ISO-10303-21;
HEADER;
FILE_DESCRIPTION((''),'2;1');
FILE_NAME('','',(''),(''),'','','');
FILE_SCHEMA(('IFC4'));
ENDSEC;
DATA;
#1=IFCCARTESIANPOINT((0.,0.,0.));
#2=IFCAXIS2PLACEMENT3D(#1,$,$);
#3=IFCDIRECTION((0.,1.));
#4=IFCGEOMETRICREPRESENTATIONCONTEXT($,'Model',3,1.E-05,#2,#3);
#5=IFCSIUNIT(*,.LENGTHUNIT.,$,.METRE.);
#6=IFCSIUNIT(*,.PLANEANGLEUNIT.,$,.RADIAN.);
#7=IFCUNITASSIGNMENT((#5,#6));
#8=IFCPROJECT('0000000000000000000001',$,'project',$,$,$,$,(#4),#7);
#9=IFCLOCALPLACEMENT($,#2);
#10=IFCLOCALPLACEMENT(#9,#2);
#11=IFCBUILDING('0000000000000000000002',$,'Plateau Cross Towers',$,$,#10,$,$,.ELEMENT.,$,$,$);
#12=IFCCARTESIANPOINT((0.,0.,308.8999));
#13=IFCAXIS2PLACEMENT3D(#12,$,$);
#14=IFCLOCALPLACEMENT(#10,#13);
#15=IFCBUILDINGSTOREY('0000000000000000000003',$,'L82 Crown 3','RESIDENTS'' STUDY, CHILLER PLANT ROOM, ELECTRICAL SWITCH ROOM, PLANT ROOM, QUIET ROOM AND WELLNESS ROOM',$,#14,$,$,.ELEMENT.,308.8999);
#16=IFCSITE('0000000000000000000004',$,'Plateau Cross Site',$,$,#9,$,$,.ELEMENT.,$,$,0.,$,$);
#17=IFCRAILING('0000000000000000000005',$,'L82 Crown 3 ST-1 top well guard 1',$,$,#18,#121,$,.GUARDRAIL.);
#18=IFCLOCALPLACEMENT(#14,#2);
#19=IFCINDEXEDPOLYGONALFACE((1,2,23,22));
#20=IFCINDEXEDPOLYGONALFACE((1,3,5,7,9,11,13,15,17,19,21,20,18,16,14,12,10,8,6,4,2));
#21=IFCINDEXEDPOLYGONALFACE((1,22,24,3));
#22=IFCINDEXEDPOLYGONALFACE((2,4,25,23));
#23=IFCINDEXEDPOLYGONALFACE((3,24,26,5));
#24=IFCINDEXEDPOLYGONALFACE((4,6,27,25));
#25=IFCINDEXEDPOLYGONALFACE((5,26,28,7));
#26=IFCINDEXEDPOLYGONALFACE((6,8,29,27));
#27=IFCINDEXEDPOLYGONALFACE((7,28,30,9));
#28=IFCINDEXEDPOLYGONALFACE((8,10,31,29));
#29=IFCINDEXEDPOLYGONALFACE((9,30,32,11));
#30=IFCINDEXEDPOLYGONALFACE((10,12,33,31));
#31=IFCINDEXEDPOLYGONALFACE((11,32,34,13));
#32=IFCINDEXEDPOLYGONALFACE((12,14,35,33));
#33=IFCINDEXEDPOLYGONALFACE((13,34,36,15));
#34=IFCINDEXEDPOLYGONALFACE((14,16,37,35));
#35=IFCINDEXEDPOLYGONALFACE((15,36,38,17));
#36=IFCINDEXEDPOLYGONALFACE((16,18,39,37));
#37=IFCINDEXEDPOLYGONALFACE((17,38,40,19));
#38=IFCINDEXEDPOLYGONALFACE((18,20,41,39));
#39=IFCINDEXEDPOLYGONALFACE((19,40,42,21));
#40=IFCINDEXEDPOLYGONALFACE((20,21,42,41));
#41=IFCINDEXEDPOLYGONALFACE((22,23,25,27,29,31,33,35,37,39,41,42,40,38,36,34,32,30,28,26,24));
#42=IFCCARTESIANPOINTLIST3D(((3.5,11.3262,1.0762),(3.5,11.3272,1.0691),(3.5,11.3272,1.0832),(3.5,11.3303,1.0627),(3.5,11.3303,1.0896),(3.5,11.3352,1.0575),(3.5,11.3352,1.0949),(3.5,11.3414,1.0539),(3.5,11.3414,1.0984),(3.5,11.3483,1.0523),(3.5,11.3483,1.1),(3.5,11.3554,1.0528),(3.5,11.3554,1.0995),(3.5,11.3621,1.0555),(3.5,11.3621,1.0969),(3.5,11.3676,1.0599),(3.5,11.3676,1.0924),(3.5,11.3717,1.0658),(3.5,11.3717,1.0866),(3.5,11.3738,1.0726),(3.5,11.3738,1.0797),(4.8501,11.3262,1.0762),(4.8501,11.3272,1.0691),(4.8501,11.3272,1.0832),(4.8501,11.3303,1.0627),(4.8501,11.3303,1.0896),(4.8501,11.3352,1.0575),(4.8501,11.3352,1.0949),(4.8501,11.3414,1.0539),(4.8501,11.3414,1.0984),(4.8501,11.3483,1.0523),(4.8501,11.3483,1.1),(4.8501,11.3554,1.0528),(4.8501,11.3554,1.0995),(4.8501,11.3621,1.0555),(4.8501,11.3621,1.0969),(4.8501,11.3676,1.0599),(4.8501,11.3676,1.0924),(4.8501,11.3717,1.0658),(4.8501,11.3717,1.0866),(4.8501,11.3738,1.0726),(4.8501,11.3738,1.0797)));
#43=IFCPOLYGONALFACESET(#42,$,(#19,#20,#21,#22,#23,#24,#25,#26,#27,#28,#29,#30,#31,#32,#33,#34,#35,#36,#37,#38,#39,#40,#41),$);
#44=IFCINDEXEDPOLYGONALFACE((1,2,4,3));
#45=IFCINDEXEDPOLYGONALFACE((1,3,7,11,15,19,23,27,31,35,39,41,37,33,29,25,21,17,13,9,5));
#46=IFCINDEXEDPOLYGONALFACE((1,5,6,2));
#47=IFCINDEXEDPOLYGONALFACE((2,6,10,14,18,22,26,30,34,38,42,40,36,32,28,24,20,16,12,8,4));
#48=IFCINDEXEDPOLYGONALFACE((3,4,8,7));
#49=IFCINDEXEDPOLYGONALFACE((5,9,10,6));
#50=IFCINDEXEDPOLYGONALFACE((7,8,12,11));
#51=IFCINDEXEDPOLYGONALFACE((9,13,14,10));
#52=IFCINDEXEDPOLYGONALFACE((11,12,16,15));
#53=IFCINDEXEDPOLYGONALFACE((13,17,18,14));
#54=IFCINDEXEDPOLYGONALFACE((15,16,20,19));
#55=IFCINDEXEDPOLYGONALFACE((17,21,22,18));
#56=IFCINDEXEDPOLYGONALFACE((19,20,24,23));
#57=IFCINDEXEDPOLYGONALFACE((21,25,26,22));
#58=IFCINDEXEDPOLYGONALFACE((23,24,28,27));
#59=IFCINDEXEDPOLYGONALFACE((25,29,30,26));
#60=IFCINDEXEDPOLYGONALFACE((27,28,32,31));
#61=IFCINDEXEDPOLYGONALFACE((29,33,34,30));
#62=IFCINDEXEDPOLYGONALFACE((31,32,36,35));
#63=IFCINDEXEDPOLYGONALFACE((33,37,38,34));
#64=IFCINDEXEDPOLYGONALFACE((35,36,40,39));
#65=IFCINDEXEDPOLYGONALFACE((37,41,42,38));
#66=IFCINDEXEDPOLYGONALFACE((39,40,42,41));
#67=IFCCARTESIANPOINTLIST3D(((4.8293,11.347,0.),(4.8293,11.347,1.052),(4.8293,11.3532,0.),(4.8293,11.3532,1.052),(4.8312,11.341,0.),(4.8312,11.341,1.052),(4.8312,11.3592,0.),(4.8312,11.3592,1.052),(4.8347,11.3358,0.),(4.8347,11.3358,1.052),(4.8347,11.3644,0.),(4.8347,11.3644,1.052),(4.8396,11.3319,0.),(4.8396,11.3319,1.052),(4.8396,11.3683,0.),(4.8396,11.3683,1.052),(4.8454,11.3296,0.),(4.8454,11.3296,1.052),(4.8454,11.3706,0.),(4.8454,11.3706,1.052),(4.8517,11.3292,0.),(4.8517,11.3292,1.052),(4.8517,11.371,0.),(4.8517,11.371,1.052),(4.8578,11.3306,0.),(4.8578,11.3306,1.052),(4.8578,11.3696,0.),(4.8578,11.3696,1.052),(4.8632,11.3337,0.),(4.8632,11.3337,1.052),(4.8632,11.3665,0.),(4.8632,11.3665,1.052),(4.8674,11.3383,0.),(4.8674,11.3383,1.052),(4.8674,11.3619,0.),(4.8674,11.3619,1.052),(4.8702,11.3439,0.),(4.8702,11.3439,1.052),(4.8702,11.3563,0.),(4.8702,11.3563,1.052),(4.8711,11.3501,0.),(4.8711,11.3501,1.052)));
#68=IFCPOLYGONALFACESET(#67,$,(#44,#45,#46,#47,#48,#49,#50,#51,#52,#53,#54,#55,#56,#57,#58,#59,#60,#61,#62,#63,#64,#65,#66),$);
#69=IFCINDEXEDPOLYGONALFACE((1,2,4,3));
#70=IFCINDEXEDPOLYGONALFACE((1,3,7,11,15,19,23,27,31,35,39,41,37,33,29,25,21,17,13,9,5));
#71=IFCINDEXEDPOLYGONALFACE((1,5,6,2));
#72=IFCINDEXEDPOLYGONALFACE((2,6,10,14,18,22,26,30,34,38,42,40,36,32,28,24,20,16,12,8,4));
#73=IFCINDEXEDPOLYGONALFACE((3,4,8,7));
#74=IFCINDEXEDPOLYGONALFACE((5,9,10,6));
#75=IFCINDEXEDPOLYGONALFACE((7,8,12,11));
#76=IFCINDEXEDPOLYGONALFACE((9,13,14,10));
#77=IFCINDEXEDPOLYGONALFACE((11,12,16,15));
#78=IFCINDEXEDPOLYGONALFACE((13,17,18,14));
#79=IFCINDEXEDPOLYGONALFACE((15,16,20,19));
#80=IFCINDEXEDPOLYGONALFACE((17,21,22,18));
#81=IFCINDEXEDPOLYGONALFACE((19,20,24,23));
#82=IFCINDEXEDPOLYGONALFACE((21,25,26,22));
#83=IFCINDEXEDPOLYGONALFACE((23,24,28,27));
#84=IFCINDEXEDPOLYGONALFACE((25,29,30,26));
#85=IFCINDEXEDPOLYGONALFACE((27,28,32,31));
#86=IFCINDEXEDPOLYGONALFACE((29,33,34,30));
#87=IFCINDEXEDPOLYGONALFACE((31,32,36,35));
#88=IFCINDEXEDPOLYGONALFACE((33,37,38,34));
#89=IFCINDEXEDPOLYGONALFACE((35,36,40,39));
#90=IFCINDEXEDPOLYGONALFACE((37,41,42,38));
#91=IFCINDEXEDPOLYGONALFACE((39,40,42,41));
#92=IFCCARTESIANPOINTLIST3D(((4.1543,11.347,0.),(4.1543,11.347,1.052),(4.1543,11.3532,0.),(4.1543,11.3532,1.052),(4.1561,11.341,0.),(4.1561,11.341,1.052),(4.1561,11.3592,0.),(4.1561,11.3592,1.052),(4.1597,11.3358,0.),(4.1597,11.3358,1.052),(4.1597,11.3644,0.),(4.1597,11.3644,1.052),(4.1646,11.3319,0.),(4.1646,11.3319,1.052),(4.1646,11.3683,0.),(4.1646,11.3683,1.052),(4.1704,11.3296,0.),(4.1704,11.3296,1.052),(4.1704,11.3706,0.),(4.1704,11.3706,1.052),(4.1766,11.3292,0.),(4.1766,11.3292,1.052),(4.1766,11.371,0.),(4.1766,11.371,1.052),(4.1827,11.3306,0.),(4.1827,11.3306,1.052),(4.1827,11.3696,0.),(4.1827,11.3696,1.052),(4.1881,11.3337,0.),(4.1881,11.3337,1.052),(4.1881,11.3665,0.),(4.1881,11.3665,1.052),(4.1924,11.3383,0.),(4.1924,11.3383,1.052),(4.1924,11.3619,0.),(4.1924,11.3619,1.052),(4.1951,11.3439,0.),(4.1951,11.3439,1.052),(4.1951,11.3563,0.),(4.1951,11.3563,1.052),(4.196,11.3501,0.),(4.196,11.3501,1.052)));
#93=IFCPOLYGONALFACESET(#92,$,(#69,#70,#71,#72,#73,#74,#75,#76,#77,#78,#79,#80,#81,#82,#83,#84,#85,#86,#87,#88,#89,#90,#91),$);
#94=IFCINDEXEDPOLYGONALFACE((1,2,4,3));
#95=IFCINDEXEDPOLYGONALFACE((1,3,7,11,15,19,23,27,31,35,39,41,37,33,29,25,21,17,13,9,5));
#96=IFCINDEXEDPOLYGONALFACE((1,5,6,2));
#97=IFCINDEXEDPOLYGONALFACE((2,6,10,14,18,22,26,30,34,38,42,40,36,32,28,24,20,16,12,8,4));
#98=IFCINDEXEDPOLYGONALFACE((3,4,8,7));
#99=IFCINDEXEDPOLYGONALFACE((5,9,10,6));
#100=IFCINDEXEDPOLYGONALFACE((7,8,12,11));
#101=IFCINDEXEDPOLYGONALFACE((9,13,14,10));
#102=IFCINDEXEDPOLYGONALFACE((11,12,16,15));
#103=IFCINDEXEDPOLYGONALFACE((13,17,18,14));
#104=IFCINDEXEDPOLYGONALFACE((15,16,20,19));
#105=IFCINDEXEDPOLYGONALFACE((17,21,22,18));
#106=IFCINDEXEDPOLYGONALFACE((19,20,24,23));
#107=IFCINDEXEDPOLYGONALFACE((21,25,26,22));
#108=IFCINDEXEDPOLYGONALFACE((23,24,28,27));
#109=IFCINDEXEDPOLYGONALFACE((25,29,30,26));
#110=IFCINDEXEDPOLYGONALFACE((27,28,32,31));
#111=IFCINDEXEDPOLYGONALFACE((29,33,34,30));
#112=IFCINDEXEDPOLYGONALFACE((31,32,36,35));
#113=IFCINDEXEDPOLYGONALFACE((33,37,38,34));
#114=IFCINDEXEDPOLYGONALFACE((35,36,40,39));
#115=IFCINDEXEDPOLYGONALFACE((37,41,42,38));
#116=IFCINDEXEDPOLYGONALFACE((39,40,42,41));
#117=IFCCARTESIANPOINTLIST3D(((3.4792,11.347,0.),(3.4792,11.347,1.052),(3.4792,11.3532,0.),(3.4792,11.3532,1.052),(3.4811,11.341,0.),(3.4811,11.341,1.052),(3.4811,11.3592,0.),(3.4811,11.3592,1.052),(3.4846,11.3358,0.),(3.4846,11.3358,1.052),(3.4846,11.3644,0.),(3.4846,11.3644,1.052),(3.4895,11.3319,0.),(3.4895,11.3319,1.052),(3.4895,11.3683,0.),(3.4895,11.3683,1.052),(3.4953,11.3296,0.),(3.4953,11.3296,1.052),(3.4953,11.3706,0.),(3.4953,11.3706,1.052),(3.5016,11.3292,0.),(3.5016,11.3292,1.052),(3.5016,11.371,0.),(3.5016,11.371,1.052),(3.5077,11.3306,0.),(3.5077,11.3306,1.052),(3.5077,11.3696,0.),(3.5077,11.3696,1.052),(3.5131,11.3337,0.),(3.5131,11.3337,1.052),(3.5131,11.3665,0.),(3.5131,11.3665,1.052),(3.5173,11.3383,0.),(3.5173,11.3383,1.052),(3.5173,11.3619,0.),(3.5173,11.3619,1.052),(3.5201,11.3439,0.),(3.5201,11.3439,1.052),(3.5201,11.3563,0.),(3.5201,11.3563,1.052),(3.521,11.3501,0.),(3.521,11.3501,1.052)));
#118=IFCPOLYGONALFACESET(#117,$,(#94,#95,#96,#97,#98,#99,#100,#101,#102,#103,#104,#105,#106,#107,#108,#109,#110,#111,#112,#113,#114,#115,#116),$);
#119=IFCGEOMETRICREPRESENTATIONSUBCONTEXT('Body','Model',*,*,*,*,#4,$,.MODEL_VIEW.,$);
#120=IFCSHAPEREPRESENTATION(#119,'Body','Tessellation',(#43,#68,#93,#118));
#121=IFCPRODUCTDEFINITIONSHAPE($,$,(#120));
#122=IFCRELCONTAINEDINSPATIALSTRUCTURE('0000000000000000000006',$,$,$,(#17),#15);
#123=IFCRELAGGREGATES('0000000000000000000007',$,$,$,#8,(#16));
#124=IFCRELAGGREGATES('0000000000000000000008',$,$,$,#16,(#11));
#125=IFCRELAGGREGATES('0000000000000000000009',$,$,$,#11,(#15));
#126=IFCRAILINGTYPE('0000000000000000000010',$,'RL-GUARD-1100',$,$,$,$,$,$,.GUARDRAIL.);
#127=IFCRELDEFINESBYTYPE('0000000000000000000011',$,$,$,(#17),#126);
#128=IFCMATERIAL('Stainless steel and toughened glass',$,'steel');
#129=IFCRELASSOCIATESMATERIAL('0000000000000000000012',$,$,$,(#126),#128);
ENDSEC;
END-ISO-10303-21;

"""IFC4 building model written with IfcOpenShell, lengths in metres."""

from ifc_helpers import new_model, si_unit, direction, frame, origin, origin_2d, place, context, subcontext, project, spatial, circle, extrude, material, type_object, element, save


model = new_model("IFC4")

# Units and contexts
model_context = context("Model", 3, precision=1e-05, world=origin(), true_north=direction((0.0, 1.0)))
body_context = subcontext(model_context, "Body", "Model", "MODEL_VIEW")
ifc_project = project(units=[si_unit("LENGTHUNIT", "METRE"), si_unit("PLANEANGLEUNIT", "RADIAN")], contexts=[model_context])

# Site, building, storey
site_placement = place(None, origin())
site = spatial("IfcSite", under=ifc_project, at=site_placement, Name="Plateau Cross Site", CompositionType="ELEMENT", RefElevation=0.0)
building_placement = place(site_placement, origin())
building = spatial("IfcBuilding", under=site, at=building_placement, Name="Plateau Cross Towers", CompositionType="ELEMENT")
storey_placement = place(building_placement, frame((0.0, 0.0, 308.8999)))
storey = spatial("IfcBuildingStorey", under=building, at=storey_placement, Name="L82 Crown 3", Description="RESIDENTS' STUDY, CHILLER PLANT ROOM, ELECTRICAL SWITCH ROOM, PLANT ROOM, QUIET ROOM AND WELLNESS ROOM", CompositionType="ELEMENT", Elevation=308.8999)

# Railing
ifc_material_1 = material(Name="Stainless steel and toughened glass", Category="steel")
railing_type_1 = type_object("IfcRailingType", Name="RL-GUARD-1100", PredefinedType="GUARDRAIL", material=ifc_material_1)
railing_1_placement = place(storey_placement, frame((4.8501, 11.3501, 0.0)))
element("IfcRailing", 1, at=railing_1_placement, inside=storey, type_object=railing_type_1, Name="L82 Crown 3 ST-1 top well guard 1", PredefinedType="GUARDRAIL", context=body_context, shape_type="SweptSolid", body=[
    extrude(circle(Radius=0.0239, at=origin_2d()), frame((0.0, 0.0, 1.0762), z_axis=(-1.0, 0.0, 0.0), x_axis=(0.0, -1.0, 0.0)), (0.0, 0.0, 1.0), 1.3501),
    extrude(circle(Radius=0.021, at=origin_2d()), origin(), (0.0, 0.0, 1.0), 1.052),
    extrude(circle(Radius=0.021, at=origin_2d()), frame((-0.675, 0.0, 0.0)), (0.0, 0.0, 1.0), 1.052),
    extrude(circle(Radius=0.021, at=origin_2d()), frame((-1.3501, 0.0, 0.0)), (0.0, 0.0, 1.0), 1.052),
])

save(model, "model.ifc")
